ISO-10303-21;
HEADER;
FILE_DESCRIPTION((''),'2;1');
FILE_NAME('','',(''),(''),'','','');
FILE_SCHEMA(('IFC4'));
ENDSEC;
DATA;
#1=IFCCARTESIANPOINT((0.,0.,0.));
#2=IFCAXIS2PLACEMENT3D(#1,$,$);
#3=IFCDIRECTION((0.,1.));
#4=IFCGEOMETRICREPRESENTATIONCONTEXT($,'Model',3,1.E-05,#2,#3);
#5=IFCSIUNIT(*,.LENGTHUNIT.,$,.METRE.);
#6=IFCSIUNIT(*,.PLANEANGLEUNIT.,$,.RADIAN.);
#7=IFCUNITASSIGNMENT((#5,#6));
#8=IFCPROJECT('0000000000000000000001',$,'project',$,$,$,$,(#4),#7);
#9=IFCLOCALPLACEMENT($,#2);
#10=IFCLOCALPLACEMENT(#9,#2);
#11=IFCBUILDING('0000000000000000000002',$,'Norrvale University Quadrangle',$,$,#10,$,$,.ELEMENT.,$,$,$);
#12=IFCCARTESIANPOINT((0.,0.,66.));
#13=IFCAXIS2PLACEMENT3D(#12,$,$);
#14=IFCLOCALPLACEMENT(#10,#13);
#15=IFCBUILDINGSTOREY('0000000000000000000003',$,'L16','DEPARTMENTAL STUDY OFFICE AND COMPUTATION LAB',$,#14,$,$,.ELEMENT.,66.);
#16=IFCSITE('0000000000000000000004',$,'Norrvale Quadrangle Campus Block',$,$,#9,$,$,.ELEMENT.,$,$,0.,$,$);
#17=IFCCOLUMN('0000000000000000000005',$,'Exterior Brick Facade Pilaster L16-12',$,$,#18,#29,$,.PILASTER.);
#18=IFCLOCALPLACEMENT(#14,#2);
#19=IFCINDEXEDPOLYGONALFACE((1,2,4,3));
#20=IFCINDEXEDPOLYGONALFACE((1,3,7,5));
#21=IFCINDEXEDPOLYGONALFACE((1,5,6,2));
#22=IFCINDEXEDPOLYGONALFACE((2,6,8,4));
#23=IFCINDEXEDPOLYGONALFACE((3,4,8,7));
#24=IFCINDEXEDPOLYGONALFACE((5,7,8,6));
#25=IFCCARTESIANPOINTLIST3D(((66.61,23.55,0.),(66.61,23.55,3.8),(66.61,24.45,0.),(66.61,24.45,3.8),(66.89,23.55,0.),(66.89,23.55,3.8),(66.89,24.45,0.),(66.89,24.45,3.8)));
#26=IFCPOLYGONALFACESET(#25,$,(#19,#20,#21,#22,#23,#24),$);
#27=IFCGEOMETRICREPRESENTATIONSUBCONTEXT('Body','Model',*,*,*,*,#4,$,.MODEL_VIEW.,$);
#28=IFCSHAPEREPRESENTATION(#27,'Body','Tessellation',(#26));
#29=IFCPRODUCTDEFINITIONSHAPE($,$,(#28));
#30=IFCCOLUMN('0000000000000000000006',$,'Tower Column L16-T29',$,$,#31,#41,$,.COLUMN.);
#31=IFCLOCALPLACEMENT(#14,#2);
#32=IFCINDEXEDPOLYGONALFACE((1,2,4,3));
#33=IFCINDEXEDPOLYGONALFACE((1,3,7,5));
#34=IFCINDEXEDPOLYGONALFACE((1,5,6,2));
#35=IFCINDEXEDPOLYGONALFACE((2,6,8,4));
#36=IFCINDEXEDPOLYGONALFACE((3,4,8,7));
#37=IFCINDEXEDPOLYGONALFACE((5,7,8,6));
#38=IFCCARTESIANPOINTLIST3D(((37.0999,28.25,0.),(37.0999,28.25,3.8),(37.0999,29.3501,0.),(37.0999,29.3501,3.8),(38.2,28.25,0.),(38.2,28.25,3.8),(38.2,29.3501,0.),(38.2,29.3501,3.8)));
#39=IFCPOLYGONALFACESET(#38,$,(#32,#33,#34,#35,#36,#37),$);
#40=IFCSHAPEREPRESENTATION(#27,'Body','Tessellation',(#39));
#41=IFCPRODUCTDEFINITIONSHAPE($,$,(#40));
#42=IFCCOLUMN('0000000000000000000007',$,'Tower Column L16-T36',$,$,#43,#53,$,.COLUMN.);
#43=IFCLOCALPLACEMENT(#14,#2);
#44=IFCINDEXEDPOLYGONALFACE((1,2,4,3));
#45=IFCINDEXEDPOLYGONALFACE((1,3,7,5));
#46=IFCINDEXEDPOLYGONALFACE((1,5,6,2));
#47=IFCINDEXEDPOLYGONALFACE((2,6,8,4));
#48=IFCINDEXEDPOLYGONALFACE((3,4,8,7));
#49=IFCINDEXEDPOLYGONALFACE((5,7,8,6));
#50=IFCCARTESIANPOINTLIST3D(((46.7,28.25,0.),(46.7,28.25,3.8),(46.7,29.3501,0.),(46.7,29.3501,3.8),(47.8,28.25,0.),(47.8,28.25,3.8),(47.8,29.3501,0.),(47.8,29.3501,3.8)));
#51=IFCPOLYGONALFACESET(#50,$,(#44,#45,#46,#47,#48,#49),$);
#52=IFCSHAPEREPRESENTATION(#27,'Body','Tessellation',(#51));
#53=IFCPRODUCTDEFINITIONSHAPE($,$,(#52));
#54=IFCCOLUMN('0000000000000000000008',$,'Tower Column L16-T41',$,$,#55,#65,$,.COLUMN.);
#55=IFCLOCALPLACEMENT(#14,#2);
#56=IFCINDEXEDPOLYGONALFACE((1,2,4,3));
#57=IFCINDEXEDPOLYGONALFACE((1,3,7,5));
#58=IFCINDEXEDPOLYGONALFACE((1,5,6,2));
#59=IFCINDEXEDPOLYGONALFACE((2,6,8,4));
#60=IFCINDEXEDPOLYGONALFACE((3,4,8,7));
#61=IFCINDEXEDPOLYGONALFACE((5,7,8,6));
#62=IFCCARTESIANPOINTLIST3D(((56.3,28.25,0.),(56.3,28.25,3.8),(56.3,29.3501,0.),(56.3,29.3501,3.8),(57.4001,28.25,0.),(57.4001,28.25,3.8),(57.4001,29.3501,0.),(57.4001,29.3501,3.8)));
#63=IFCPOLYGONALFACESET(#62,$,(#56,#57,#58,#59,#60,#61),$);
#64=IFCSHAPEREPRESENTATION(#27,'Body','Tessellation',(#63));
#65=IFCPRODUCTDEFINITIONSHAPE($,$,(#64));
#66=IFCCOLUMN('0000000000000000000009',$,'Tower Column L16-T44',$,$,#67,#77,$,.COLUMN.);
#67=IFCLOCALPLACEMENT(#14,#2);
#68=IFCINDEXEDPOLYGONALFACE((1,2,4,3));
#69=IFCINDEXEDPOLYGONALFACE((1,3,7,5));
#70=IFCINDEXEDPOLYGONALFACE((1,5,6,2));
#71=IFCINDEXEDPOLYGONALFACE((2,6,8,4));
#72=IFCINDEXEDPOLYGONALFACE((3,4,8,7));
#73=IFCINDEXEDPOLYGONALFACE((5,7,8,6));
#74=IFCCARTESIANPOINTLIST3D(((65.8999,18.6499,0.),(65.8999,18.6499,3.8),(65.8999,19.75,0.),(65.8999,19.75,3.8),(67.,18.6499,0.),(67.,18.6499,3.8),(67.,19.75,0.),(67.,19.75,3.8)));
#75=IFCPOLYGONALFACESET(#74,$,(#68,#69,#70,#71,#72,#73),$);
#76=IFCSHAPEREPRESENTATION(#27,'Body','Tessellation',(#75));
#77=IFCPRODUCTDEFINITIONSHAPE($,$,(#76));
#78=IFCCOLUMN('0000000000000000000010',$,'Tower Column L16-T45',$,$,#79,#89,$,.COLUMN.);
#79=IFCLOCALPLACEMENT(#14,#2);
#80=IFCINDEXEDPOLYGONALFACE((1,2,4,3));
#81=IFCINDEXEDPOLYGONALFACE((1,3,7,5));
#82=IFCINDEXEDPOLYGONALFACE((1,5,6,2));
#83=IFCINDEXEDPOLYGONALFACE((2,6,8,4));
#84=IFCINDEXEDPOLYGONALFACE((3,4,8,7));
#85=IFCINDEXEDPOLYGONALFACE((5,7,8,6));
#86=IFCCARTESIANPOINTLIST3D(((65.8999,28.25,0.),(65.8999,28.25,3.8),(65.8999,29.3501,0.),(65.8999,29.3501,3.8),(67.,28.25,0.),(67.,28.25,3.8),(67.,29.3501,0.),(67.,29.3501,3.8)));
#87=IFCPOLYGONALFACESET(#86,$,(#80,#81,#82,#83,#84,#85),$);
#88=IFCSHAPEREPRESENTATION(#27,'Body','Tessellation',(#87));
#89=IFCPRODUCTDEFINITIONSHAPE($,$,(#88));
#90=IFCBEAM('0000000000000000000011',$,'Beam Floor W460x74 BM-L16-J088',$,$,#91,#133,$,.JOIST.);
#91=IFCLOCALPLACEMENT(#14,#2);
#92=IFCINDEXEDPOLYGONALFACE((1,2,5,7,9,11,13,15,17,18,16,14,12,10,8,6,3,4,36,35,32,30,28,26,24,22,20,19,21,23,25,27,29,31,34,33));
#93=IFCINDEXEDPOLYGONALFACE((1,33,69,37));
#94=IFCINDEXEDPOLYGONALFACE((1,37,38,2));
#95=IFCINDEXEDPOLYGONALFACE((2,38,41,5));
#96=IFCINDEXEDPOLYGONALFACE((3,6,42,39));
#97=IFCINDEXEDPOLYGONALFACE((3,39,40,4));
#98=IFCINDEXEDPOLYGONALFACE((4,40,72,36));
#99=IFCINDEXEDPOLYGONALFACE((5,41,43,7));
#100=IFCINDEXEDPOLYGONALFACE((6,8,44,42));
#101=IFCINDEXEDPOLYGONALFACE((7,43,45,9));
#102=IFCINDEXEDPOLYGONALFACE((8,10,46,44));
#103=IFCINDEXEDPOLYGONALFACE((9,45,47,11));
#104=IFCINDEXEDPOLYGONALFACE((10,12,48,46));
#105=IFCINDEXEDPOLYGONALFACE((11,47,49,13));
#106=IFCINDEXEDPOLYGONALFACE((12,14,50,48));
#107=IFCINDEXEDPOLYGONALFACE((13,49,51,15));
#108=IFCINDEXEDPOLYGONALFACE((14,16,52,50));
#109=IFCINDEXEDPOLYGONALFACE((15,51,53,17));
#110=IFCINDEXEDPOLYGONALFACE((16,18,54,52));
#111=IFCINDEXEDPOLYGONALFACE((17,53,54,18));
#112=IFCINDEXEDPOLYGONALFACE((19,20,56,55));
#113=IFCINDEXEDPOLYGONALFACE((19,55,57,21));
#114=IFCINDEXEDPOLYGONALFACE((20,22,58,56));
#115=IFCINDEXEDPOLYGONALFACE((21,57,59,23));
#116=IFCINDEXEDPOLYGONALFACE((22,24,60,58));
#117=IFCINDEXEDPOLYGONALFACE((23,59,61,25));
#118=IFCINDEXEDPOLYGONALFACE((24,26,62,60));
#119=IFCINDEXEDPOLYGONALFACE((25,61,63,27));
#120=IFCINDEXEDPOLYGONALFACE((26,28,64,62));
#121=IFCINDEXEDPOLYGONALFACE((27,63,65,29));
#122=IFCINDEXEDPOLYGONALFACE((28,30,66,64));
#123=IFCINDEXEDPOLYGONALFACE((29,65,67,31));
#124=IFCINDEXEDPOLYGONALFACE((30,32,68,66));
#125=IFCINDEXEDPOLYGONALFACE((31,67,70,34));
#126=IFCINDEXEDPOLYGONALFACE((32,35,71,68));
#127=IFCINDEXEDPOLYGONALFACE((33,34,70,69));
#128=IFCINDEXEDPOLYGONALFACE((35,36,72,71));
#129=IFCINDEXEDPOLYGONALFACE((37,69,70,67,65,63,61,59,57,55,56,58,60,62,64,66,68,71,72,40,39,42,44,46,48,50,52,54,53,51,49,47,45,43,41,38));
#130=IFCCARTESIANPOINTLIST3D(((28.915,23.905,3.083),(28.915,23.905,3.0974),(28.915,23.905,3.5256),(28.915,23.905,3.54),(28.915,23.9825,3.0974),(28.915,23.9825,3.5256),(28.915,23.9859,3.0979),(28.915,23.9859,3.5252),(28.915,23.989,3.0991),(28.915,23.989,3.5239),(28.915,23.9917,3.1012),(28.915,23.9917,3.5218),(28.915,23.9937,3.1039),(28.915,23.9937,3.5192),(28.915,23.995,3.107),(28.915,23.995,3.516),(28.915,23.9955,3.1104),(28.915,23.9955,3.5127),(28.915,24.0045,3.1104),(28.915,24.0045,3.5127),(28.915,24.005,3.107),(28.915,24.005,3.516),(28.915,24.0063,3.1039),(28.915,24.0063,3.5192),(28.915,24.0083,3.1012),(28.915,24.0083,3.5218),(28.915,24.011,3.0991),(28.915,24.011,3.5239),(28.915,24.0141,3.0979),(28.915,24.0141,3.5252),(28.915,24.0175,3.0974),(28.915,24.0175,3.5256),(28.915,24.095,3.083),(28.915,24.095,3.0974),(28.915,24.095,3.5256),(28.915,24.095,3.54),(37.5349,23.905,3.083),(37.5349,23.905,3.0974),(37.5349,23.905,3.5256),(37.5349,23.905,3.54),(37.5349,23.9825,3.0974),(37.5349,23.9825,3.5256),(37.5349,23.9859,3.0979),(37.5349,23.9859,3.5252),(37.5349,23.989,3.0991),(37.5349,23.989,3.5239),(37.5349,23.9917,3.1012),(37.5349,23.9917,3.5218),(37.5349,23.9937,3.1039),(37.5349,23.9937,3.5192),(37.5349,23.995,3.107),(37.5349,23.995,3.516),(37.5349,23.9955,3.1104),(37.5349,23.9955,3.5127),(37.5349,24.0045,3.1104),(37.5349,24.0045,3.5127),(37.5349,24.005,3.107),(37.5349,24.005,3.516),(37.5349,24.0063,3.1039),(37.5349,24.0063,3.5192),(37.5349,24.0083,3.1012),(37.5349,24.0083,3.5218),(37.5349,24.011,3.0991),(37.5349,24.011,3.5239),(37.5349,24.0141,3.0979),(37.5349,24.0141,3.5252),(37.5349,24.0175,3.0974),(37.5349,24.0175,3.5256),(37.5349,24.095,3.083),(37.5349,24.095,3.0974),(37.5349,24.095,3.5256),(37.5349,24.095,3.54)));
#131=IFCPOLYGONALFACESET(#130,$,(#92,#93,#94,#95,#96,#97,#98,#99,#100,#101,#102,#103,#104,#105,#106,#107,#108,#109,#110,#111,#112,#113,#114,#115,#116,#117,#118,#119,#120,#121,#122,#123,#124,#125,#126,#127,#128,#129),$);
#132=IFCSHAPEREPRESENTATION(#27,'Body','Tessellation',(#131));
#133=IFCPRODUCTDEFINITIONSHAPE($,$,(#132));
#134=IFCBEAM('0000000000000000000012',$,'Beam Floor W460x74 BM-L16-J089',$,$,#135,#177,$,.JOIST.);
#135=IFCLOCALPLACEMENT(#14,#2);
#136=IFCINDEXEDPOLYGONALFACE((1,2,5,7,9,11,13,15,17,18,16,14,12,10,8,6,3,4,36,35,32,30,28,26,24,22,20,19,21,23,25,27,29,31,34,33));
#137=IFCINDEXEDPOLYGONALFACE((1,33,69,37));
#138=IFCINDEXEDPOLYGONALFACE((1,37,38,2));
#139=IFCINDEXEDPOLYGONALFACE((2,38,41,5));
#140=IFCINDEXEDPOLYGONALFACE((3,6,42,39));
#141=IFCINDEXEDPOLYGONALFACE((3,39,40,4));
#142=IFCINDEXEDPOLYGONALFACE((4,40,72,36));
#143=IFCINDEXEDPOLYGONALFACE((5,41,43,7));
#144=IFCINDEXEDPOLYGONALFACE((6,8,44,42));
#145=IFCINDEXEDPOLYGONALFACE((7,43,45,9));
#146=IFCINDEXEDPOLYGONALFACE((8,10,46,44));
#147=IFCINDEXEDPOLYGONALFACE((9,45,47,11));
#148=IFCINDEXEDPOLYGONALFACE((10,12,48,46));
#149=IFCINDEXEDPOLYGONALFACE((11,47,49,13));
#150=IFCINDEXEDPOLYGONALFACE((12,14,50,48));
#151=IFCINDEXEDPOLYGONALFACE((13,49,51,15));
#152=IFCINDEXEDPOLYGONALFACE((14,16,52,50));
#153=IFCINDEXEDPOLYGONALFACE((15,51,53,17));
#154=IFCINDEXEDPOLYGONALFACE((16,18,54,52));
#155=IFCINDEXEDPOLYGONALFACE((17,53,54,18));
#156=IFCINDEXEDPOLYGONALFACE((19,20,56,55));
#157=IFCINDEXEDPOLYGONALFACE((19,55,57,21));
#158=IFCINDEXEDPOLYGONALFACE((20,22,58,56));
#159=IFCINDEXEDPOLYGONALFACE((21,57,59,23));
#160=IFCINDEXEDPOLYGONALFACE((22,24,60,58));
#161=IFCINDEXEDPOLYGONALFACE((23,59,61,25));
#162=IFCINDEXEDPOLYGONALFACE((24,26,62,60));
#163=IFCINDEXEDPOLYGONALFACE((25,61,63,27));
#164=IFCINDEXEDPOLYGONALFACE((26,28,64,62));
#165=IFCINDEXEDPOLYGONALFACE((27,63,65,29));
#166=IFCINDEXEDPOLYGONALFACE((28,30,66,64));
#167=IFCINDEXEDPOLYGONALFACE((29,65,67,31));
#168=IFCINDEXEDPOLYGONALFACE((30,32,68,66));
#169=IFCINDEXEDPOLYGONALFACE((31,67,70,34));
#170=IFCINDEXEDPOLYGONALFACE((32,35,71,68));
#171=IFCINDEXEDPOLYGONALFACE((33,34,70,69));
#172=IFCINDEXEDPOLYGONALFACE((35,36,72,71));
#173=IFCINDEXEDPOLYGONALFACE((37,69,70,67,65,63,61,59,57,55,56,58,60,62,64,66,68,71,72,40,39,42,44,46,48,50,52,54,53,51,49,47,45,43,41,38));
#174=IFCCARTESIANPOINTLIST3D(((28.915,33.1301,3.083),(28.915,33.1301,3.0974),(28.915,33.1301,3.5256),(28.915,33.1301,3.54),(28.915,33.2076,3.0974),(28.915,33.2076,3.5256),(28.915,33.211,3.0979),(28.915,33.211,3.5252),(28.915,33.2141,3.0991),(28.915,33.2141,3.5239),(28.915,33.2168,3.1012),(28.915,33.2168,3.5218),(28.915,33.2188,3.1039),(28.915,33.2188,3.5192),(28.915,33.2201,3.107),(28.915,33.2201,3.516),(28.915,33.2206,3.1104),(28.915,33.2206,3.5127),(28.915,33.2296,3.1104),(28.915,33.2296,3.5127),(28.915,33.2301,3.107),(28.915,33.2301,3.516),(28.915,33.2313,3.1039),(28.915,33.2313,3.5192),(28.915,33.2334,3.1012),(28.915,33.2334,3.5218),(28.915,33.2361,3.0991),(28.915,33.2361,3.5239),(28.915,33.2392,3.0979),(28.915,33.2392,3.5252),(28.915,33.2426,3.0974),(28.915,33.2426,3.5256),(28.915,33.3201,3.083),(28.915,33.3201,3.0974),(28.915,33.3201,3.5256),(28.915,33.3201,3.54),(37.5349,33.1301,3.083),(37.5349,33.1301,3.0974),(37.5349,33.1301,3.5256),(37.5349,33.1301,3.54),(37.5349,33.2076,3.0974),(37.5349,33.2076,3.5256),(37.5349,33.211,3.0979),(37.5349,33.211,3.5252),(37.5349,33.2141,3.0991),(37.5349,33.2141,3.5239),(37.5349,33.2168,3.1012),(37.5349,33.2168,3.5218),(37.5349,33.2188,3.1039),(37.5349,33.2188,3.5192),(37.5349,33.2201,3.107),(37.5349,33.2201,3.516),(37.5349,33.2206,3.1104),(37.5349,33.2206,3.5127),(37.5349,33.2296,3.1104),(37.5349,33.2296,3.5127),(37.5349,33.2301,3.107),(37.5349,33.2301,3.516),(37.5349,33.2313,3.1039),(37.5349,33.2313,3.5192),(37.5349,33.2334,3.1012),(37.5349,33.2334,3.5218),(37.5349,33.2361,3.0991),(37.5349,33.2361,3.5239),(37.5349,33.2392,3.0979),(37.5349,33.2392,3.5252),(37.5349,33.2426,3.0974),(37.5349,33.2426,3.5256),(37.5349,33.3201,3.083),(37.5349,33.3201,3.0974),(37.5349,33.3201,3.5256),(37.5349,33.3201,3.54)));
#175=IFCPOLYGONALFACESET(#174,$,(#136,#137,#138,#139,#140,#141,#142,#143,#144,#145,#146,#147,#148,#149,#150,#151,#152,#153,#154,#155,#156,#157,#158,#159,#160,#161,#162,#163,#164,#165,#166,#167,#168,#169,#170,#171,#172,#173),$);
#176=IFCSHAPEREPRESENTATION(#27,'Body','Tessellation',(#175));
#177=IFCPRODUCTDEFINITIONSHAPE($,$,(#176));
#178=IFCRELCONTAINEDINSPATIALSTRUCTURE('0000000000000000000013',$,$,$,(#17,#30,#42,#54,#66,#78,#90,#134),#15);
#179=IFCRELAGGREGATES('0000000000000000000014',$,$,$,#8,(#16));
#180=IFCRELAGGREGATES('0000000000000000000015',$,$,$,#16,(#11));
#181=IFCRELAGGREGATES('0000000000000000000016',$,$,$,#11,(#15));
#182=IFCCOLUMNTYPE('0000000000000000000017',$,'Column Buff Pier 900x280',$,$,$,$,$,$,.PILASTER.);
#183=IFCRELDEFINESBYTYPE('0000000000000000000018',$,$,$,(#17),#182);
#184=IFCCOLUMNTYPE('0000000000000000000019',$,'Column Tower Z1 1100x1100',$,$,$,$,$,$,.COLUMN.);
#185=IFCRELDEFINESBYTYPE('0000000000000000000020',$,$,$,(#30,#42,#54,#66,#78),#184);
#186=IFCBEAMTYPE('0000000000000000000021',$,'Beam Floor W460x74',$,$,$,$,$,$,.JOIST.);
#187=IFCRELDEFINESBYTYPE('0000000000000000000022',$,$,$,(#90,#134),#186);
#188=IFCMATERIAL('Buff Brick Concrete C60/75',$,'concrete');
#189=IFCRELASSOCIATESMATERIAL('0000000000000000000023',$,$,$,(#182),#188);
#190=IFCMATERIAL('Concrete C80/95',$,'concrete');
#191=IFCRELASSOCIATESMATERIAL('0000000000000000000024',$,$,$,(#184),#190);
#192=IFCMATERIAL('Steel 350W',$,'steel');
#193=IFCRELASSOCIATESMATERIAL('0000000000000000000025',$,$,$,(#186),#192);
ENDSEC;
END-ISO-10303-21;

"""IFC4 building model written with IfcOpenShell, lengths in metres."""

from ifc_helpers import new_model, si_unit, direction, frame, origin, origin_2d, place, context, subcontext, project, spatial, rectangle, i_section, extrude, material, material_profile, profile_set, type_object, element, save


model = new_model("IFC4")

# Units and contexts
model_context = context("Model", 3, precision=1e-05, world=origin(), true_north=direction((0.0, 1.0)))
body_context = subcontext(model_context, "Body", "Model", "MODEL_VIEW")
ifc_project = project(units=[si_unit("LENGTHUNIT", "METRE"), si_unit("PLANEANGLEUNIT", "RADIAN")], contexts=[model_context])

# Site, building, storey
site_placement = place(None, origin())
site = spatial("IfcSite", under=ifc_project, at=site_placement, Name="Norrvale Quadrangle Campus Block", CompositionType="ELEMENT", RefElevation=0.0)
building_placement = place(site_placement, origin())
building = spatial("IfcBuilding", under=site, at=building_placement, Name="Norrvale University Quadrangle", CompositionType="ELEMENT")
storey_placement = place(building_placement, frame((0.0, 0.0, 66.0)))
storey = spatial("IfcBuildingStorey", under=building, at=storey_placement, Name="L16", Description="DEPARTMENTAL STUDY OFFICE AND COMPUTATION LAB", CompositionType="ELEMENT", Elevation=66.0)

# Columns
ifc_material_1 = material(Name="Buff Brick Concrete C60/75", Category="concrete")
ifc_material_profile_1 = material_profile(ifc_material_1, rectangle(XDim=0.8999, YDim=0.28, at=origin_2d()), Name="Buff Brick Concrete C60/75")
ifc_profile_set_1 = profile_set([ifc_material_profile_1], Name="Buff Brick Concrete C60/75")
column_type_1 = type_object("IfcColumnType", Name="Column Buff Pier 900x280", PredefinedType="PILASTER", material=ifc_profile_set_1)
column_placement = place(storey_placement, frame((66.75, 24.0, 0.0), z_axis=(0.0, 0.0, 1.0), x_axis=(0.0, 1.0, 0.0)))
element("IfcColumn", 1, at=column_placement, inside=storey, type_object=column_type_1, Name="Exterior Brick Facade Pilaster L16-12", PredefinedType="PILASTER", context=body_context, shape_type="SweptSolid", body=[
    extrude(rectangle(XDim=0.8999, YDim=0.28, at=origin_2d()), origin(), (0.0, 0.0, 1.0), 3.8),
])
ifc_material_2 = material(Name="Concrete C80/95", Category="concrete")
ifc_material_profile_2 = material_profile(ifc_material_2, rectangle(XDim=1.1001, YDim=1.1001, at=origin_2d()), Name="Concrete C80/95")
ifc_profile_set_2 = profile_set([ifc_material_profile_2], Name="Concrete C80/95")
column_type_2 = type_object("IfcColumnType", Name="Column Tower Z1 1100x1100", PredefinedType="COLUMN", material=ifc_profile_set_2)
for number, where, z_axis, x_axis, name in (
    (2, (37.6499, 28.8, 0.0), (0.0, 0.0, 1.0), (1.0, 0.0, 0.0), "Tower Column L16-T29"),
    (3, (47.25, 28.8, 0.0), (0.0, 0.0, 1.0), (1.0, 0.0, 0.0), "Tower Column L16-T36"),
    (4, (56.8501, 28.8, 0.0), (0.0, 0.0, 1.0), (1.0, 0.0, 0.0), "Tower Column L16-T41"),
    (5, (66.45, 19.2, 0.0), (0.0, 0.0, 1.0), (1.0, 0.0, 0.0), "Tower Column L16-T44"),
    (6, (66.45, 28.8, 0.0), (0.0, 0.0, 1.0), (1.0, 0.0, 0.0), "Tower Column L16-T45"),
):
    element("IfcColumn", number, at=place(storey_placement, frame(where, z_axis=z_axis, x_axis=x_axis)), inside=storey, type_object=column_type_2, Name=name, PredefinedType="COLUMN", context=body_context, shape_type="SweptSolid", body=[
        extrude(rectangle(XDim=1.1001, YDim=1.1001, at=origin_2d()), origin(), (0.0, 0.0, 1.0), 3.8),
    ])

# Beams
ifc_material_3 = material(Name="Steel 350W", Category="steel")
ifc_material_profile_3 = material_profile(ifc_material_3, i_section(OverallWidth=0.1899, OverallDepth=0.457, WebThickness=0.009, FlangeThickness=0.0144, FilletRadius=0.0129, at=origin_2d()), Name="Steel 350W")
ifc_profile_set_3 = profile_set([ifc_material_profile_3], Name="Steel 350W")
beam_type_1 = type_object("IfcBeamType", Name="Beam Floor W460x74", PredefinedType="JOIST", material=ifc_profile_set_3)
for number, where, z_axis, x_axis, name in (
    (7, (28.915, 24.0, 3.3115), (1.0, 0.0, 0.0), (0.0, 1.0, 0.0), "Beam Floor W460x74 BM-L16-J088"),
    (8, (28.915, 33.2251, 3.3115), (1.0, 0.0, 0.0), (0.0, 1.0, 0.0), "Beam Floor W460x74 BM-L16-J089"),
):
    element("IfcBeam", number, at=place(storey_placement, frame(where, z_axis=z_axis, x_axis=x_axis)), inside=storey, type_object=beam_type_1, Name=name, PredefinedType="JOIST", context=body_context, shape_type="SweptSolid", body=[
        extrude(i_section(OverallWidth=0.1899, OverallDepth=0.457, WebThickness=0.009, FlangeThickness=0.0144, FilletRadius=0.0129, at=origin_2d()), origin(), (0.0, 0.0, 1.0), 8.6199),
    ])

save(model, "model.ifc")
